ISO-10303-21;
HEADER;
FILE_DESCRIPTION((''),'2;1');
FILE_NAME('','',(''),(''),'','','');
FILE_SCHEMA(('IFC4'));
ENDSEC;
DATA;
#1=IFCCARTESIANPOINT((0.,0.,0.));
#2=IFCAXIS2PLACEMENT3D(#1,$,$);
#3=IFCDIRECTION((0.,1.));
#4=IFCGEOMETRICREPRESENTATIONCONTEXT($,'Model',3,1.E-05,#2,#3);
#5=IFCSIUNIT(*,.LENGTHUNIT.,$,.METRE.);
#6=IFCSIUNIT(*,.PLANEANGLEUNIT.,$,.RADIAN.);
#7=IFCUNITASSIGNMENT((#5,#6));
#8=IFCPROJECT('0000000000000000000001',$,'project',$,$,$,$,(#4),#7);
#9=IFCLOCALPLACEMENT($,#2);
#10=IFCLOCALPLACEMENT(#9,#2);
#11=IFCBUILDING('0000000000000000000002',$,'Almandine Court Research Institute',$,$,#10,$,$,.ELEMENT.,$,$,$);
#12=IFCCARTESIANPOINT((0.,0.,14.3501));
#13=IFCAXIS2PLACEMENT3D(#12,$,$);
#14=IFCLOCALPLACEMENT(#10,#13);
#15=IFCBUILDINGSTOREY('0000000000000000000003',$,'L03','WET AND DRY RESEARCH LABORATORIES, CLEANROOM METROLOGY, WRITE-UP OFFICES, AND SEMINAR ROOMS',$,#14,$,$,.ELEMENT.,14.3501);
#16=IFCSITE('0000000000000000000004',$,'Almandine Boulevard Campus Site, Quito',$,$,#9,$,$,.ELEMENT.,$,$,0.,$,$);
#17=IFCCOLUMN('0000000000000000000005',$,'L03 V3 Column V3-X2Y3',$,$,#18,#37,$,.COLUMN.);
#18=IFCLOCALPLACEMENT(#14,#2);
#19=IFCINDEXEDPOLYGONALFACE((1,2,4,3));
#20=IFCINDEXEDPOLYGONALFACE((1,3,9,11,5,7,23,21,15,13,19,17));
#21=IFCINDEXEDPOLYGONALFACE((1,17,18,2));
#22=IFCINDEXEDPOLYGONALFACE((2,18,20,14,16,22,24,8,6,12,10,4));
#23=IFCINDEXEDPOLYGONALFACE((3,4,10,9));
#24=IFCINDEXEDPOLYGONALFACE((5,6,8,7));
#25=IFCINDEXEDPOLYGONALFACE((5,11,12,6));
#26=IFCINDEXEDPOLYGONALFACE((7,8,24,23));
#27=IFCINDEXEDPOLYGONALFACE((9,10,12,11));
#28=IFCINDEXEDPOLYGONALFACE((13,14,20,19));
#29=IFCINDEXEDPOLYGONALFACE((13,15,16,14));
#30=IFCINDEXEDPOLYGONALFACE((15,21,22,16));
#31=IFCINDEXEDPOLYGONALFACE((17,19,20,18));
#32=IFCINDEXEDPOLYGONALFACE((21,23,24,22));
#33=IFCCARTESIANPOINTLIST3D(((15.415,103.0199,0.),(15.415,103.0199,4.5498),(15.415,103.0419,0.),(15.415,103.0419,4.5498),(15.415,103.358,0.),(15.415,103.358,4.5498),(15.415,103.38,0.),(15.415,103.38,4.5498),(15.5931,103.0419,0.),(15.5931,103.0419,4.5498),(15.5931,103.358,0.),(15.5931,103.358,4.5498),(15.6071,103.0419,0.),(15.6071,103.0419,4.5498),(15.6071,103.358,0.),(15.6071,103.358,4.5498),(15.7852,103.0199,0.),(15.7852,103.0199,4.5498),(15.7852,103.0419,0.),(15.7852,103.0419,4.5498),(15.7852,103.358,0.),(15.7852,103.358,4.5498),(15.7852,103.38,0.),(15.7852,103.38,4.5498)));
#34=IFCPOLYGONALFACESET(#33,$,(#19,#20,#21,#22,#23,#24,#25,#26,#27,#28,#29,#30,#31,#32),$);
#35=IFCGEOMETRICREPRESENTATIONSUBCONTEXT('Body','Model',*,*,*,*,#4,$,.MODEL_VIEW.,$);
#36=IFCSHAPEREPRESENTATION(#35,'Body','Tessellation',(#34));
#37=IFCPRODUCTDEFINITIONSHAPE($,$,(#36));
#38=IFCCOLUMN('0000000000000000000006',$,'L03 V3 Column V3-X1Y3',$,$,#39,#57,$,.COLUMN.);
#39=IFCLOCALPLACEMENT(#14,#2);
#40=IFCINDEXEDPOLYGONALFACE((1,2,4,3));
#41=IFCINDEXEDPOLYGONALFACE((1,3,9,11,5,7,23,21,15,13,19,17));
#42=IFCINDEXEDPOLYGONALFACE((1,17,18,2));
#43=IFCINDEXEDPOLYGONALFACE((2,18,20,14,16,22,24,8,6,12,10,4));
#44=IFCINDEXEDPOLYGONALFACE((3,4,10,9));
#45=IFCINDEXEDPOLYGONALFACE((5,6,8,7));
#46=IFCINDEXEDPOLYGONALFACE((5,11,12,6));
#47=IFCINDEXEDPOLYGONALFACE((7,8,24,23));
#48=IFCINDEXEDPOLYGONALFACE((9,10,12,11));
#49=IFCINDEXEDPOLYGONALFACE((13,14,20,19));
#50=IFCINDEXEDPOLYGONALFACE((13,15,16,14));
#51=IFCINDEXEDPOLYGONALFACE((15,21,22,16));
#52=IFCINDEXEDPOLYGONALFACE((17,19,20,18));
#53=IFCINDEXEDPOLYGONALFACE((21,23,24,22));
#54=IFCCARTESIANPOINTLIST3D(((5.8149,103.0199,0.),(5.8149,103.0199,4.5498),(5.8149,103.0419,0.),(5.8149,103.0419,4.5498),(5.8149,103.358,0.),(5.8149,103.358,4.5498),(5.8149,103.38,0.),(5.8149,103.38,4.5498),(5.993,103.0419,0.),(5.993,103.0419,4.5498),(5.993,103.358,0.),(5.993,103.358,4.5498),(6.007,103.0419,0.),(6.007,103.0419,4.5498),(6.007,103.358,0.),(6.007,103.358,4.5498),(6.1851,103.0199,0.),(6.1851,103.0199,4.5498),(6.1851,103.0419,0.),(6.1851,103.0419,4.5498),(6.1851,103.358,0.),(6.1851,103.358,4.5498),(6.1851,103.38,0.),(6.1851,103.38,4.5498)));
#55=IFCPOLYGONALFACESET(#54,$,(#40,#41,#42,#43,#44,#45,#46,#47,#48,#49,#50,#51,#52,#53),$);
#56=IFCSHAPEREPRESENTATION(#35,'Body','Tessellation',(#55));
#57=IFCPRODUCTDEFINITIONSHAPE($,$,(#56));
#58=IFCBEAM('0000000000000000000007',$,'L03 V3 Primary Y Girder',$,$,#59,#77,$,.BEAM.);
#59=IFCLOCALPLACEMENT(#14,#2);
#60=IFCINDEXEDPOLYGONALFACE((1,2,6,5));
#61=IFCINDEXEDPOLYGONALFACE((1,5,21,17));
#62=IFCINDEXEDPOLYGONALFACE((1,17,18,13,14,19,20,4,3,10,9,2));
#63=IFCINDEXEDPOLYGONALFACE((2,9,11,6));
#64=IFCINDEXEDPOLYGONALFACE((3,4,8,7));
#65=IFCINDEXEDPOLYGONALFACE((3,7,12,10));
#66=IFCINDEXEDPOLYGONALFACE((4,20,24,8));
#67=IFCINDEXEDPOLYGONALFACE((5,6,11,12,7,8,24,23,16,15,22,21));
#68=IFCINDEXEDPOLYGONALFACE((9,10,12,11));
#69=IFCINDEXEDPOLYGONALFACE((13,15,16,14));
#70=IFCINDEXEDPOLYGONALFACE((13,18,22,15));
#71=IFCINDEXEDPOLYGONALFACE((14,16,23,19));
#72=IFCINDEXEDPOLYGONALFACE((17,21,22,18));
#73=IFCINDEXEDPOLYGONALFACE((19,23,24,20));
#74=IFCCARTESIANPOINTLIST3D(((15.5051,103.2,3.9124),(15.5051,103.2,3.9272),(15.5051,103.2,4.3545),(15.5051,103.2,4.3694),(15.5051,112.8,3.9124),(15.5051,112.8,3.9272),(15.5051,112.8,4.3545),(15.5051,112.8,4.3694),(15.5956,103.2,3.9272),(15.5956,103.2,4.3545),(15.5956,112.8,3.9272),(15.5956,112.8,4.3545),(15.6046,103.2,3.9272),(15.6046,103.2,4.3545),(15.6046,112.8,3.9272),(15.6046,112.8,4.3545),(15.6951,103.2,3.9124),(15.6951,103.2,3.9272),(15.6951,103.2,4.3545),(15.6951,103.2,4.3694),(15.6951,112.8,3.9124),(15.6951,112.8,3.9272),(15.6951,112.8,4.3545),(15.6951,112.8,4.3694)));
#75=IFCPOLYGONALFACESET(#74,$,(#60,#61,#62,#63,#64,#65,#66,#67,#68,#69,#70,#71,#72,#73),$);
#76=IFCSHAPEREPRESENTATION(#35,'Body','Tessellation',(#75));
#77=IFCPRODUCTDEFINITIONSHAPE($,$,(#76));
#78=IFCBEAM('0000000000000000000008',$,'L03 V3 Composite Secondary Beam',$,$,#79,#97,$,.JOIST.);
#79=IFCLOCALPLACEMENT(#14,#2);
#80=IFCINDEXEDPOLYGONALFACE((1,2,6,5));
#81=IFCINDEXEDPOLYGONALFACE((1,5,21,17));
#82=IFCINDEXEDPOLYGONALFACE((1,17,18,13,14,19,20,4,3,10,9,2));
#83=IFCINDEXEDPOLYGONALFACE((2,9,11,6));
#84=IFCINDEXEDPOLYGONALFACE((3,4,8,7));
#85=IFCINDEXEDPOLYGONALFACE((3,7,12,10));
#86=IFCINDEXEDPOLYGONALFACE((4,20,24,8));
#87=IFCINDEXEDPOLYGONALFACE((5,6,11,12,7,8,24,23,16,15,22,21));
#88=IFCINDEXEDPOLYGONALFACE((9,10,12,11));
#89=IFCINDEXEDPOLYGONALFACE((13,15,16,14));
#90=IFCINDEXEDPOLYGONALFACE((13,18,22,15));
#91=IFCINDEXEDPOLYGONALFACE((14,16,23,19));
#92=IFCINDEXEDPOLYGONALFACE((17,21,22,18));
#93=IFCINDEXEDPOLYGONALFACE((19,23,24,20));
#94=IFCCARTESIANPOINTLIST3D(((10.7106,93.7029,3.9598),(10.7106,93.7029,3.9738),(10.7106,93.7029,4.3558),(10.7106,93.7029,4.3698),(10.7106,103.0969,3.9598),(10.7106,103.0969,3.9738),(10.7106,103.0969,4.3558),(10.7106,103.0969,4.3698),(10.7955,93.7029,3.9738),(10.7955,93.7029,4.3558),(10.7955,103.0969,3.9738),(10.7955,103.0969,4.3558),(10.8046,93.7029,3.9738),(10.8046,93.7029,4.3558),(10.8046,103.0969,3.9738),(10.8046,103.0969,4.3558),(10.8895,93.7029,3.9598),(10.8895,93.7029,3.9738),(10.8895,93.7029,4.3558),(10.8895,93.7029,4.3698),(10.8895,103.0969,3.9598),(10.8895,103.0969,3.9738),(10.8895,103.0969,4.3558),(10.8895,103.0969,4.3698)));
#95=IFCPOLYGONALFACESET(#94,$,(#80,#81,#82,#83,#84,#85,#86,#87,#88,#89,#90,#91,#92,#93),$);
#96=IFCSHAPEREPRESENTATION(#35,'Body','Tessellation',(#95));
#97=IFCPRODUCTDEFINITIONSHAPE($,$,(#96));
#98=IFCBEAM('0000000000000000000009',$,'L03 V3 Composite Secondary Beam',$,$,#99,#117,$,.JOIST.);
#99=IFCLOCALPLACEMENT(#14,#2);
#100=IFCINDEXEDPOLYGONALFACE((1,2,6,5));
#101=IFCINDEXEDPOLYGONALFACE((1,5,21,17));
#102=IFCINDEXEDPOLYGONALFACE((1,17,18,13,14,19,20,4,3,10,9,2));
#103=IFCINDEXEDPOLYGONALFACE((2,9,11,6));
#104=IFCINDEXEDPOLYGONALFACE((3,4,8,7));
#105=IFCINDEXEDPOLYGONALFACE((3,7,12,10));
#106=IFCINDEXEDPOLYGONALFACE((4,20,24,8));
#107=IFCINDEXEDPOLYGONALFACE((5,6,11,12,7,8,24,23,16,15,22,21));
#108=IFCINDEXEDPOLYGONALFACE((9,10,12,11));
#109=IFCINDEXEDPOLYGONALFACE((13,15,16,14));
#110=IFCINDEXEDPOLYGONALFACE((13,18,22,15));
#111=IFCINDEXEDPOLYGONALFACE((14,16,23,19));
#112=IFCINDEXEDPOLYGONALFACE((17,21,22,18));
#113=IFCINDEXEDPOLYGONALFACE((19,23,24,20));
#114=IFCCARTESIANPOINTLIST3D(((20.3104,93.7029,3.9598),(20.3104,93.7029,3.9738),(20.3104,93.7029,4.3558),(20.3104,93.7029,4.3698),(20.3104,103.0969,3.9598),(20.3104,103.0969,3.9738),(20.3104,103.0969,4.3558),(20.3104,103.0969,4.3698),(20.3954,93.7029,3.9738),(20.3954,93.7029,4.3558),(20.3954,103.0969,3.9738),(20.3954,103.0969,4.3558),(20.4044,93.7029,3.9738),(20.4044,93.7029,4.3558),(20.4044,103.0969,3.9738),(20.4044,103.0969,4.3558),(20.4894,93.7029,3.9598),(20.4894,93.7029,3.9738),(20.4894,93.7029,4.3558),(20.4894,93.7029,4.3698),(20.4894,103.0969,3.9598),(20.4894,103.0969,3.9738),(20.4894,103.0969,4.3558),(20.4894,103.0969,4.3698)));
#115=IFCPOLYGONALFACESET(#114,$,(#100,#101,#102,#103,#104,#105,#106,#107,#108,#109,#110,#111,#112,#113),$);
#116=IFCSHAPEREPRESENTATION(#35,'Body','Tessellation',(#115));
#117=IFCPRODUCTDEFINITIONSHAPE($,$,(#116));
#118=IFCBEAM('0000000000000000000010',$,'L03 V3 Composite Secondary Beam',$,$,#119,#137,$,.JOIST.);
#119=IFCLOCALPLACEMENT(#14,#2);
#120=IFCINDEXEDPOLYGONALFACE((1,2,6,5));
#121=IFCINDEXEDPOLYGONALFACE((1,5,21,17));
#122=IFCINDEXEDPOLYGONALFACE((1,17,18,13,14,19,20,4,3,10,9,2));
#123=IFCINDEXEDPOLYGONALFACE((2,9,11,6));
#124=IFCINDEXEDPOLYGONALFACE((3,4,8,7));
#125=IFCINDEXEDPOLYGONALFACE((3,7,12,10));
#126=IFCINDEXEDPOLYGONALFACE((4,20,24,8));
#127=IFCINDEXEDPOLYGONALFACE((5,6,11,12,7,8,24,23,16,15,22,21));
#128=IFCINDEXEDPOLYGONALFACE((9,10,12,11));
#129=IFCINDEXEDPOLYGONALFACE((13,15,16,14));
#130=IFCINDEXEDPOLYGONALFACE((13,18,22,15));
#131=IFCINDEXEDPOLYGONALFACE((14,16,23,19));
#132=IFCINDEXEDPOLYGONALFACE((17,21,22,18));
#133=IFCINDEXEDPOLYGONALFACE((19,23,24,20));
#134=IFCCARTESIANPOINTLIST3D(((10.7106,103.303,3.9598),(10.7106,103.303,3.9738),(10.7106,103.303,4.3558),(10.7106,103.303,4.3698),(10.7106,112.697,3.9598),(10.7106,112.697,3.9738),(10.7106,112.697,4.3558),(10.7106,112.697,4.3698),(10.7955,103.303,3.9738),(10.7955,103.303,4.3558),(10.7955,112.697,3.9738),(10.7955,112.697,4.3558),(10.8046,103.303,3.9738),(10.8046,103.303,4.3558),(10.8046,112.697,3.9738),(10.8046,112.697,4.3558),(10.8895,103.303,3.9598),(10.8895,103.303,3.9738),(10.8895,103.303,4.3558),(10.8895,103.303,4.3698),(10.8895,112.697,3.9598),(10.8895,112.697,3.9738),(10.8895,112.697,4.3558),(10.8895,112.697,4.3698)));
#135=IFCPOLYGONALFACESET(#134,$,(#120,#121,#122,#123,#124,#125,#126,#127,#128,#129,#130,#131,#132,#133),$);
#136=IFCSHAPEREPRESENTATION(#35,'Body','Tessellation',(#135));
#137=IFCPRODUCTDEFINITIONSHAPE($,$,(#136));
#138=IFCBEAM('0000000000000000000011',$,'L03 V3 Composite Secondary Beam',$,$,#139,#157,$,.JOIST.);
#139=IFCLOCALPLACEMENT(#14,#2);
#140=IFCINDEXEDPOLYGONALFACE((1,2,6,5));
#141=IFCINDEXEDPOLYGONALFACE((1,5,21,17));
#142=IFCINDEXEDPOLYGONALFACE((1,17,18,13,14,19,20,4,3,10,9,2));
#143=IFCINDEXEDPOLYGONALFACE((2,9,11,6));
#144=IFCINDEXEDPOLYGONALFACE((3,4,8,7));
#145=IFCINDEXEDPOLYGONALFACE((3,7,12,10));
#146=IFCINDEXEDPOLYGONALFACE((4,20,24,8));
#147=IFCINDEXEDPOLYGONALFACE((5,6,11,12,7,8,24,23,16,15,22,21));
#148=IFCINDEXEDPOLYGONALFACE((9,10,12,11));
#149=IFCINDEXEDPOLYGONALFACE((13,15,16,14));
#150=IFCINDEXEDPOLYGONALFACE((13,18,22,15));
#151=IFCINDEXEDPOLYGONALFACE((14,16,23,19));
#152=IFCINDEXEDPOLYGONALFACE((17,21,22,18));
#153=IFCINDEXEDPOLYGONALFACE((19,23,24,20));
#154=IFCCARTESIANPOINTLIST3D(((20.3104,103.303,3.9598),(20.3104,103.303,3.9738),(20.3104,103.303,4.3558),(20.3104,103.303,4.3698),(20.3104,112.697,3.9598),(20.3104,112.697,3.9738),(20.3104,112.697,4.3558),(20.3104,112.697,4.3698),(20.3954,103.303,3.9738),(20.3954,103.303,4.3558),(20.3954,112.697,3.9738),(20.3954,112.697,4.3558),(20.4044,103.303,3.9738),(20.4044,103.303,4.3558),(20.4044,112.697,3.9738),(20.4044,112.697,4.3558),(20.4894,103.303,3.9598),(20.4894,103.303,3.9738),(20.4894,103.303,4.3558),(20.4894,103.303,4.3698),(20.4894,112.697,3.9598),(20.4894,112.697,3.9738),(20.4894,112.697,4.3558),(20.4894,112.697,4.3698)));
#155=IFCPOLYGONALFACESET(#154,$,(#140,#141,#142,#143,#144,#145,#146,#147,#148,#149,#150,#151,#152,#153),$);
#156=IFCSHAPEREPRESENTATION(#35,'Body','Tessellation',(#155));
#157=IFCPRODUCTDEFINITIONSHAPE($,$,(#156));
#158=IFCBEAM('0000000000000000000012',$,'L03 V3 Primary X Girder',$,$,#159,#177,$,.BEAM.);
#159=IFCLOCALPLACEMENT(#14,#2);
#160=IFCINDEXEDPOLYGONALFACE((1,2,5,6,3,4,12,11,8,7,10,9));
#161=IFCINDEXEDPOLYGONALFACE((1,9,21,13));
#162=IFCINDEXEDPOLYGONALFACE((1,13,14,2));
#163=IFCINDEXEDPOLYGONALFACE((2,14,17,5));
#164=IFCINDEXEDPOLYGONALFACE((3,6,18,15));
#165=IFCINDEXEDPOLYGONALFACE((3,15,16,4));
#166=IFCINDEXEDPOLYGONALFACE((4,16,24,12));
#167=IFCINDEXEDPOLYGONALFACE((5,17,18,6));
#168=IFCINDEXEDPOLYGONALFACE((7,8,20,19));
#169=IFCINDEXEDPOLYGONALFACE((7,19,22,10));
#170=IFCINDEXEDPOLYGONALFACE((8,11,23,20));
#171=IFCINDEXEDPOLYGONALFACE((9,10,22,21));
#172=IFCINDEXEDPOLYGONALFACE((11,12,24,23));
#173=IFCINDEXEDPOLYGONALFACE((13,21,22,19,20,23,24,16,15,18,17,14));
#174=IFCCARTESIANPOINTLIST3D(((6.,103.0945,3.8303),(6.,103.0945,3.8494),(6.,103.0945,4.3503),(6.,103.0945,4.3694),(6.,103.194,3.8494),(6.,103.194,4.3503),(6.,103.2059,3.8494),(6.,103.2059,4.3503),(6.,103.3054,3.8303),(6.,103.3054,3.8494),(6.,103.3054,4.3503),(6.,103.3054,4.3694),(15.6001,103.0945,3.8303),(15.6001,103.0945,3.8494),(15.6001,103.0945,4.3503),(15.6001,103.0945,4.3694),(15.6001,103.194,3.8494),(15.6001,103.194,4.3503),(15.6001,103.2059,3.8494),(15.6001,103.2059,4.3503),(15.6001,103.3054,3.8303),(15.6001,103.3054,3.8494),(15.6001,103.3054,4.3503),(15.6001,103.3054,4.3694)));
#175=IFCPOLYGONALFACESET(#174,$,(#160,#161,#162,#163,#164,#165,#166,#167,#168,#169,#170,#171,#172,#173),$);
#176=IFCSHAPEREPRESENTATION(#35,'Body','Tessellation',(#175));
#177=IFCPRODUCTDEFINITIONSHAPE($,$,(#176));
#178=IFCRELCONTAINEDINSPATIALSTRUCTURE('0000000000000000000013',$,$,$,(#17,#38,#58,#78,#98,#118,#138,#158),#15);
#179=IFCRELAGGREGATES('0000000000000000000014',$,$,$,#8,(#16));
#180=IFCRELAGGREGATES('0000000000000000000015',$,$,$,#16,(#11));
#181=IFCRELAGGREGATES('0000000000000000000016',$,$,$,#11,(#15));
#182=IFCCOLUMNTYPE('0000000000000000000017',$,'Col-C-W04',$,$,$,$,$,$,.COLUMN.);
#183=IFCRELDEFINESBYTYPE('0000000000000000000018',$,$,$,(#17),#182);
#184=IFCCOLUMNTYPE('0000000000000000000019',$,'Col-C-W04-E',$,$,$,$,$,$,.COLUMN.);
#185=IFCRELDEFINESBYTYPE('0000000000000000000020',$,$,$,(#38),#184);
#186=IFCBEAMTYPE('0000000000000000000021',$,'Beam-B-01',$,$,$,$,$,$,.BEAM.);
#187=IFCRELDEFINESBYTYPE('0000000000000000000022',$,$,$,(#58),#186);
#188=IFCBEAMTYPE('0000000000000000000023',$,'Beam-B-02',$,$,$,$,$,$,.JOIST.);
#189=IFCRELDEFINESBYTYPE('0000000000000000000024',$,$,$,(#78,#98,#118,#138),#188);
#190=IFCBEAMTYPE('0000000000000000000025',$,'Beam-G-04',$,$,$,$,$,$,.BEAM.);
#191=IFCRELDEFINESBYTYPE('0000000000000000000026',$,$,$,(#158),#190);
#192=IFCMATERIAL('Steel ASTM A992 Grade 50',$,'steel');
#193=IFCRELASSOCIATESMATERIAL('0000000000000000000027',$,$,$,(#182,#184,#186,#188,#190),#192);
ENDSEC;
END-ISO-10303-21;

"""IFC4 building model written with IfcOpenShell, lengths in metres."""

from ifc_helpers import new_model, si_unit, direction, frame, origin, origin_2d, place, context, subcontext, project, spatial, i_section, extrude, material, material_profile, profile_set, type_object, element, save


model = new_model("IFC4")

# Units and contexts
model_context = context("Model", 3, precision=1e-05, world=origin(), true_north=direction((0.0, 1.0)))
body_context = subcontext(model_context, "Body", "Model", "MODEL_VIEW")
ifc_project = project(units=[si_unit("LENGTHUNIT", "METRE"), si_unit("PLANEANGLEUNIT", "RADIAN")], contexts=[model_context])

# Site, building, storey
site_placement = place(None, origin())
site = spatial("IfcSite", under=ifc_project, at=site_placement, Name="Almandine Boulevard Campus Site, Quito", CompositionType="ELEMENT", RefElevation=0.0)
building_placement = place(site_placement, origin())
building = spatial("IfcBuilding", under=site, at=building_placement, Name="Almandine Court Research Institute", CompositionType="ELEMENT")
storey_placement = place(building_placement, frame((0.0, 0.0, 14.3501)))
storey = spatial("IfcBuildingStorey", under=building, at=storey_placement, Name="L03", Description="WET AND DRY RESEARCH LABORATORIES, CLEANROOM METROLOGY, WRITE-UP OFFICES, AND SEMINAR ROOMS", CompositionType="ELEMENT", Elevation=14.3501)

# Columns
ifc_material_1 = material(Name="Steel ASTM A992 Grade 50", Category="steel")
ifc_material_profile_1 = material_profile(ifc_material_1, i_section(OverallWidth=0.3701, OverallDepth=0.3601, WebThickness=0.0139, FlangeThickness=0.022, at=origin_2d()), Name="W360x147")
ifc_profile_set_1 = profile_set([ifc_material_profile_1], Name="Steel ASTM A992 Grade 50")
column_type_1 = type_object("IfcColumnType", Name="Col-C-W04", PredefinedType="COLUMN", material=ifc_profile_set_1)
column_1_placement = place(storey_placement, frame((15.6001, 103.2, 0.0), z_axis=(0.0, 0.0, 1.0), x_axis=(1.0, 0.0, 0.0)))
element("IfcColumn", 1, at=column_1_placement, inside=storey, type_object=column_type_1, Name="L03 V3 Column V3-X2Y3", PredefinedType="COLUMN", context=body_context, shape_type="SweptSolid", body=[
    extrude(i_section(OverallWidth=0.3701, OverallDepth=0.3601, WebThickness=0.0139, FlangeThickness=0.022, at=origin_2d()), origin(), (0.0, 0.0, 1.0), 4.5498),
])
ifc_material_profile_2 = material_profile(ifc_material_1, i_section(OverallWidth=0.3701, OverallDepth=0.3601, WebThickness=0.0139, FlangeThickness=0.022, at=origin_2d()), Name="W360x147")
ifc_profile_set_2 = profile_set([ifc_material_profile_2], Name="Steel ASTM A992 Grade 50")
column_type_2 = type_object("IfcColumnType", Name="Col-C-W04-E", PredefinedType="COLUMN", material=ifc_profile_set_2)
column_2_placement = place(storey_placement, frame((6.0, 103.2, 0.0), z_axis=(0.0, 0.0, 1.0), x_axis=(1.0, 0.0, 0.0)))
element("IfcColumn", 2, at=column_2_placement, inside=storey, type_object=column_type_2, Name="L03 V3 Column V3-X1Y3", PredefinedType="COLUMN", context=body_context, shape_type="SweptSolid", body=[
    extrude(i_section(OverallWidth=0.3701, OverallDepth=0.3601, WebThickness=0.0139, FlangeThickness=0.022, at=origin_2d()), origin(), (0.0, 0.0, 1.0), 4.5498),
])

# Beams
ifc_material_profile_3 = material_profile(ifc_material_1, i_section(OverallWidth=0.1899, OverallDepth=0.457, WebThickness=0.009, FlangeThickness=0.0149, at=origin_2d()), Name="W460x74")
ifc_profile_set_3 = profile_set([ifc_material_profile_3], Name="Steel ASTM A992 Grade 50")
beam_type_1 = type_object("IfcBeamType", Name="Beam-B-01", PredefinedType="BEAM", material=ifc_profile_set_3)
beam_1_placement = place(storey_placement, frame((15.6001, 103.2, 4.1409), z_axis=(0.0, 1.0, 0.0), x_axis=(-1.0, 0.0, 0.0)))
element("IfcBeam", 3, at=beam_1_placement, inside=storey, type_object=beam_type_1, Name="L03 V3 Primary Y Girder", PredefinedType="BEAM", context=body_context, shape_type="SweptSolid", body=[
    extrude(i_section(OverallWidth=0.1899, OverallDepth=0.457, WebThickness=0.009, FlangeThickness=0.0149, at=origin_2d()), origin(), (0.0, 0.0, 1.0), 9.6001),
])
ifc_material_profile_4 = material_profile(ifc_material_1, i_section(OverallWidth=0.179, OverallDepth=0.4099, WebThickness=0.009, FlangeThickness=0.0139, at=origin_2d()), Name="W410x67")
ifc_profile_set_4 = profile_set([ifc_material_profile_4], Name="Steel ASTM A992 Grade 50")
beam_type_2 = type_object("IfcBeamType", Name="Beam-B-02", PredefinedType="JOIST", material=ifc_profile_set_4)
for number, where, z_axis, x_axis, name in (
    (4, (10.8, 93.7029, 4.1648), (0.0, 1.0, 0.0), (-1.0, 0.0, 0.0), "L03 V3 Composite Secondary Beam"),
    (5, (20.3999, 93.7029, 4.1648), (0.0, 1.0, 0.0), (-1.0, 0.0, 0.0), "L03 V3 Composite Secondary Beam"),
    (6, (10.8, 103.303, 4.1648), (0.0, 1.0, 0.0), (-1.0, 0.0, 0.0), "L03 V3 Composite Secondary Beam"),
    (7, (20.3999, 103.303, 4.1648), (0.0, 1.0, 0.0), (-1.0, 0.0, 0.0), "L03 V3 Composite Secondary Beam"),
):
    element("IfcBeam", number, at=place(storey_placement, frame(where, z_axis=z_axis, x_axis=x_axis)), inside=storey, type_object=beam_type_2, Name=name, PredefinedType="JOIST", context=body_context, shape_type="SweptSolid", body=[
        extrude(i_section(OverallWidth=0.179, OverallDepth=0.4099, WebThickness=0.009, FlangeThickness=0.0139, at=origin_2d()), origin(), (0.0, 0.0, 1.0), 9.394),
    ])
ifc_material_profile_5 = material_profile(ifc_material_1, i_section(OverallWidth=0.2109, OverallDepth=0.5391, WebThickness=0.012, FlangeThickness=0.019, at=origin_2d()), Name="W530x109")
ifc_profile_set_5 = profile_set([ifc_material_profile_5], Name="Steel ASTM A992 Grade 50")
beam_type_3 = type_object("IfcBeamType", Name="Beam-G-04", PredefinedType="BEAM", material=ifc_profile_set_5)
beam_2_placement = place(storey_placement, frame((6.0, 103.2, 4.0999), z_axis=(1.0, 0.0, 0.0), x_axis=(0.0, 1.0, 0.0)))
element("IfcBeam", 8, at=beam_2_placement, inside=storey, type_object=beam_type_3, Name="L03 V3 Primary X Girder", PredefinedType="BEAM", context=body_context, shape_type="SweptSolid", body=[
    extrude(i_section(OverallWidth=0.2109, OverallDepth=0.5391, WebThickness=0.012, FlangeThickness=0.019, at=origin_2d()), origin(), (0.0, 0.0, 1.0), 9.6001),
])

save(model, "model.ifc")
